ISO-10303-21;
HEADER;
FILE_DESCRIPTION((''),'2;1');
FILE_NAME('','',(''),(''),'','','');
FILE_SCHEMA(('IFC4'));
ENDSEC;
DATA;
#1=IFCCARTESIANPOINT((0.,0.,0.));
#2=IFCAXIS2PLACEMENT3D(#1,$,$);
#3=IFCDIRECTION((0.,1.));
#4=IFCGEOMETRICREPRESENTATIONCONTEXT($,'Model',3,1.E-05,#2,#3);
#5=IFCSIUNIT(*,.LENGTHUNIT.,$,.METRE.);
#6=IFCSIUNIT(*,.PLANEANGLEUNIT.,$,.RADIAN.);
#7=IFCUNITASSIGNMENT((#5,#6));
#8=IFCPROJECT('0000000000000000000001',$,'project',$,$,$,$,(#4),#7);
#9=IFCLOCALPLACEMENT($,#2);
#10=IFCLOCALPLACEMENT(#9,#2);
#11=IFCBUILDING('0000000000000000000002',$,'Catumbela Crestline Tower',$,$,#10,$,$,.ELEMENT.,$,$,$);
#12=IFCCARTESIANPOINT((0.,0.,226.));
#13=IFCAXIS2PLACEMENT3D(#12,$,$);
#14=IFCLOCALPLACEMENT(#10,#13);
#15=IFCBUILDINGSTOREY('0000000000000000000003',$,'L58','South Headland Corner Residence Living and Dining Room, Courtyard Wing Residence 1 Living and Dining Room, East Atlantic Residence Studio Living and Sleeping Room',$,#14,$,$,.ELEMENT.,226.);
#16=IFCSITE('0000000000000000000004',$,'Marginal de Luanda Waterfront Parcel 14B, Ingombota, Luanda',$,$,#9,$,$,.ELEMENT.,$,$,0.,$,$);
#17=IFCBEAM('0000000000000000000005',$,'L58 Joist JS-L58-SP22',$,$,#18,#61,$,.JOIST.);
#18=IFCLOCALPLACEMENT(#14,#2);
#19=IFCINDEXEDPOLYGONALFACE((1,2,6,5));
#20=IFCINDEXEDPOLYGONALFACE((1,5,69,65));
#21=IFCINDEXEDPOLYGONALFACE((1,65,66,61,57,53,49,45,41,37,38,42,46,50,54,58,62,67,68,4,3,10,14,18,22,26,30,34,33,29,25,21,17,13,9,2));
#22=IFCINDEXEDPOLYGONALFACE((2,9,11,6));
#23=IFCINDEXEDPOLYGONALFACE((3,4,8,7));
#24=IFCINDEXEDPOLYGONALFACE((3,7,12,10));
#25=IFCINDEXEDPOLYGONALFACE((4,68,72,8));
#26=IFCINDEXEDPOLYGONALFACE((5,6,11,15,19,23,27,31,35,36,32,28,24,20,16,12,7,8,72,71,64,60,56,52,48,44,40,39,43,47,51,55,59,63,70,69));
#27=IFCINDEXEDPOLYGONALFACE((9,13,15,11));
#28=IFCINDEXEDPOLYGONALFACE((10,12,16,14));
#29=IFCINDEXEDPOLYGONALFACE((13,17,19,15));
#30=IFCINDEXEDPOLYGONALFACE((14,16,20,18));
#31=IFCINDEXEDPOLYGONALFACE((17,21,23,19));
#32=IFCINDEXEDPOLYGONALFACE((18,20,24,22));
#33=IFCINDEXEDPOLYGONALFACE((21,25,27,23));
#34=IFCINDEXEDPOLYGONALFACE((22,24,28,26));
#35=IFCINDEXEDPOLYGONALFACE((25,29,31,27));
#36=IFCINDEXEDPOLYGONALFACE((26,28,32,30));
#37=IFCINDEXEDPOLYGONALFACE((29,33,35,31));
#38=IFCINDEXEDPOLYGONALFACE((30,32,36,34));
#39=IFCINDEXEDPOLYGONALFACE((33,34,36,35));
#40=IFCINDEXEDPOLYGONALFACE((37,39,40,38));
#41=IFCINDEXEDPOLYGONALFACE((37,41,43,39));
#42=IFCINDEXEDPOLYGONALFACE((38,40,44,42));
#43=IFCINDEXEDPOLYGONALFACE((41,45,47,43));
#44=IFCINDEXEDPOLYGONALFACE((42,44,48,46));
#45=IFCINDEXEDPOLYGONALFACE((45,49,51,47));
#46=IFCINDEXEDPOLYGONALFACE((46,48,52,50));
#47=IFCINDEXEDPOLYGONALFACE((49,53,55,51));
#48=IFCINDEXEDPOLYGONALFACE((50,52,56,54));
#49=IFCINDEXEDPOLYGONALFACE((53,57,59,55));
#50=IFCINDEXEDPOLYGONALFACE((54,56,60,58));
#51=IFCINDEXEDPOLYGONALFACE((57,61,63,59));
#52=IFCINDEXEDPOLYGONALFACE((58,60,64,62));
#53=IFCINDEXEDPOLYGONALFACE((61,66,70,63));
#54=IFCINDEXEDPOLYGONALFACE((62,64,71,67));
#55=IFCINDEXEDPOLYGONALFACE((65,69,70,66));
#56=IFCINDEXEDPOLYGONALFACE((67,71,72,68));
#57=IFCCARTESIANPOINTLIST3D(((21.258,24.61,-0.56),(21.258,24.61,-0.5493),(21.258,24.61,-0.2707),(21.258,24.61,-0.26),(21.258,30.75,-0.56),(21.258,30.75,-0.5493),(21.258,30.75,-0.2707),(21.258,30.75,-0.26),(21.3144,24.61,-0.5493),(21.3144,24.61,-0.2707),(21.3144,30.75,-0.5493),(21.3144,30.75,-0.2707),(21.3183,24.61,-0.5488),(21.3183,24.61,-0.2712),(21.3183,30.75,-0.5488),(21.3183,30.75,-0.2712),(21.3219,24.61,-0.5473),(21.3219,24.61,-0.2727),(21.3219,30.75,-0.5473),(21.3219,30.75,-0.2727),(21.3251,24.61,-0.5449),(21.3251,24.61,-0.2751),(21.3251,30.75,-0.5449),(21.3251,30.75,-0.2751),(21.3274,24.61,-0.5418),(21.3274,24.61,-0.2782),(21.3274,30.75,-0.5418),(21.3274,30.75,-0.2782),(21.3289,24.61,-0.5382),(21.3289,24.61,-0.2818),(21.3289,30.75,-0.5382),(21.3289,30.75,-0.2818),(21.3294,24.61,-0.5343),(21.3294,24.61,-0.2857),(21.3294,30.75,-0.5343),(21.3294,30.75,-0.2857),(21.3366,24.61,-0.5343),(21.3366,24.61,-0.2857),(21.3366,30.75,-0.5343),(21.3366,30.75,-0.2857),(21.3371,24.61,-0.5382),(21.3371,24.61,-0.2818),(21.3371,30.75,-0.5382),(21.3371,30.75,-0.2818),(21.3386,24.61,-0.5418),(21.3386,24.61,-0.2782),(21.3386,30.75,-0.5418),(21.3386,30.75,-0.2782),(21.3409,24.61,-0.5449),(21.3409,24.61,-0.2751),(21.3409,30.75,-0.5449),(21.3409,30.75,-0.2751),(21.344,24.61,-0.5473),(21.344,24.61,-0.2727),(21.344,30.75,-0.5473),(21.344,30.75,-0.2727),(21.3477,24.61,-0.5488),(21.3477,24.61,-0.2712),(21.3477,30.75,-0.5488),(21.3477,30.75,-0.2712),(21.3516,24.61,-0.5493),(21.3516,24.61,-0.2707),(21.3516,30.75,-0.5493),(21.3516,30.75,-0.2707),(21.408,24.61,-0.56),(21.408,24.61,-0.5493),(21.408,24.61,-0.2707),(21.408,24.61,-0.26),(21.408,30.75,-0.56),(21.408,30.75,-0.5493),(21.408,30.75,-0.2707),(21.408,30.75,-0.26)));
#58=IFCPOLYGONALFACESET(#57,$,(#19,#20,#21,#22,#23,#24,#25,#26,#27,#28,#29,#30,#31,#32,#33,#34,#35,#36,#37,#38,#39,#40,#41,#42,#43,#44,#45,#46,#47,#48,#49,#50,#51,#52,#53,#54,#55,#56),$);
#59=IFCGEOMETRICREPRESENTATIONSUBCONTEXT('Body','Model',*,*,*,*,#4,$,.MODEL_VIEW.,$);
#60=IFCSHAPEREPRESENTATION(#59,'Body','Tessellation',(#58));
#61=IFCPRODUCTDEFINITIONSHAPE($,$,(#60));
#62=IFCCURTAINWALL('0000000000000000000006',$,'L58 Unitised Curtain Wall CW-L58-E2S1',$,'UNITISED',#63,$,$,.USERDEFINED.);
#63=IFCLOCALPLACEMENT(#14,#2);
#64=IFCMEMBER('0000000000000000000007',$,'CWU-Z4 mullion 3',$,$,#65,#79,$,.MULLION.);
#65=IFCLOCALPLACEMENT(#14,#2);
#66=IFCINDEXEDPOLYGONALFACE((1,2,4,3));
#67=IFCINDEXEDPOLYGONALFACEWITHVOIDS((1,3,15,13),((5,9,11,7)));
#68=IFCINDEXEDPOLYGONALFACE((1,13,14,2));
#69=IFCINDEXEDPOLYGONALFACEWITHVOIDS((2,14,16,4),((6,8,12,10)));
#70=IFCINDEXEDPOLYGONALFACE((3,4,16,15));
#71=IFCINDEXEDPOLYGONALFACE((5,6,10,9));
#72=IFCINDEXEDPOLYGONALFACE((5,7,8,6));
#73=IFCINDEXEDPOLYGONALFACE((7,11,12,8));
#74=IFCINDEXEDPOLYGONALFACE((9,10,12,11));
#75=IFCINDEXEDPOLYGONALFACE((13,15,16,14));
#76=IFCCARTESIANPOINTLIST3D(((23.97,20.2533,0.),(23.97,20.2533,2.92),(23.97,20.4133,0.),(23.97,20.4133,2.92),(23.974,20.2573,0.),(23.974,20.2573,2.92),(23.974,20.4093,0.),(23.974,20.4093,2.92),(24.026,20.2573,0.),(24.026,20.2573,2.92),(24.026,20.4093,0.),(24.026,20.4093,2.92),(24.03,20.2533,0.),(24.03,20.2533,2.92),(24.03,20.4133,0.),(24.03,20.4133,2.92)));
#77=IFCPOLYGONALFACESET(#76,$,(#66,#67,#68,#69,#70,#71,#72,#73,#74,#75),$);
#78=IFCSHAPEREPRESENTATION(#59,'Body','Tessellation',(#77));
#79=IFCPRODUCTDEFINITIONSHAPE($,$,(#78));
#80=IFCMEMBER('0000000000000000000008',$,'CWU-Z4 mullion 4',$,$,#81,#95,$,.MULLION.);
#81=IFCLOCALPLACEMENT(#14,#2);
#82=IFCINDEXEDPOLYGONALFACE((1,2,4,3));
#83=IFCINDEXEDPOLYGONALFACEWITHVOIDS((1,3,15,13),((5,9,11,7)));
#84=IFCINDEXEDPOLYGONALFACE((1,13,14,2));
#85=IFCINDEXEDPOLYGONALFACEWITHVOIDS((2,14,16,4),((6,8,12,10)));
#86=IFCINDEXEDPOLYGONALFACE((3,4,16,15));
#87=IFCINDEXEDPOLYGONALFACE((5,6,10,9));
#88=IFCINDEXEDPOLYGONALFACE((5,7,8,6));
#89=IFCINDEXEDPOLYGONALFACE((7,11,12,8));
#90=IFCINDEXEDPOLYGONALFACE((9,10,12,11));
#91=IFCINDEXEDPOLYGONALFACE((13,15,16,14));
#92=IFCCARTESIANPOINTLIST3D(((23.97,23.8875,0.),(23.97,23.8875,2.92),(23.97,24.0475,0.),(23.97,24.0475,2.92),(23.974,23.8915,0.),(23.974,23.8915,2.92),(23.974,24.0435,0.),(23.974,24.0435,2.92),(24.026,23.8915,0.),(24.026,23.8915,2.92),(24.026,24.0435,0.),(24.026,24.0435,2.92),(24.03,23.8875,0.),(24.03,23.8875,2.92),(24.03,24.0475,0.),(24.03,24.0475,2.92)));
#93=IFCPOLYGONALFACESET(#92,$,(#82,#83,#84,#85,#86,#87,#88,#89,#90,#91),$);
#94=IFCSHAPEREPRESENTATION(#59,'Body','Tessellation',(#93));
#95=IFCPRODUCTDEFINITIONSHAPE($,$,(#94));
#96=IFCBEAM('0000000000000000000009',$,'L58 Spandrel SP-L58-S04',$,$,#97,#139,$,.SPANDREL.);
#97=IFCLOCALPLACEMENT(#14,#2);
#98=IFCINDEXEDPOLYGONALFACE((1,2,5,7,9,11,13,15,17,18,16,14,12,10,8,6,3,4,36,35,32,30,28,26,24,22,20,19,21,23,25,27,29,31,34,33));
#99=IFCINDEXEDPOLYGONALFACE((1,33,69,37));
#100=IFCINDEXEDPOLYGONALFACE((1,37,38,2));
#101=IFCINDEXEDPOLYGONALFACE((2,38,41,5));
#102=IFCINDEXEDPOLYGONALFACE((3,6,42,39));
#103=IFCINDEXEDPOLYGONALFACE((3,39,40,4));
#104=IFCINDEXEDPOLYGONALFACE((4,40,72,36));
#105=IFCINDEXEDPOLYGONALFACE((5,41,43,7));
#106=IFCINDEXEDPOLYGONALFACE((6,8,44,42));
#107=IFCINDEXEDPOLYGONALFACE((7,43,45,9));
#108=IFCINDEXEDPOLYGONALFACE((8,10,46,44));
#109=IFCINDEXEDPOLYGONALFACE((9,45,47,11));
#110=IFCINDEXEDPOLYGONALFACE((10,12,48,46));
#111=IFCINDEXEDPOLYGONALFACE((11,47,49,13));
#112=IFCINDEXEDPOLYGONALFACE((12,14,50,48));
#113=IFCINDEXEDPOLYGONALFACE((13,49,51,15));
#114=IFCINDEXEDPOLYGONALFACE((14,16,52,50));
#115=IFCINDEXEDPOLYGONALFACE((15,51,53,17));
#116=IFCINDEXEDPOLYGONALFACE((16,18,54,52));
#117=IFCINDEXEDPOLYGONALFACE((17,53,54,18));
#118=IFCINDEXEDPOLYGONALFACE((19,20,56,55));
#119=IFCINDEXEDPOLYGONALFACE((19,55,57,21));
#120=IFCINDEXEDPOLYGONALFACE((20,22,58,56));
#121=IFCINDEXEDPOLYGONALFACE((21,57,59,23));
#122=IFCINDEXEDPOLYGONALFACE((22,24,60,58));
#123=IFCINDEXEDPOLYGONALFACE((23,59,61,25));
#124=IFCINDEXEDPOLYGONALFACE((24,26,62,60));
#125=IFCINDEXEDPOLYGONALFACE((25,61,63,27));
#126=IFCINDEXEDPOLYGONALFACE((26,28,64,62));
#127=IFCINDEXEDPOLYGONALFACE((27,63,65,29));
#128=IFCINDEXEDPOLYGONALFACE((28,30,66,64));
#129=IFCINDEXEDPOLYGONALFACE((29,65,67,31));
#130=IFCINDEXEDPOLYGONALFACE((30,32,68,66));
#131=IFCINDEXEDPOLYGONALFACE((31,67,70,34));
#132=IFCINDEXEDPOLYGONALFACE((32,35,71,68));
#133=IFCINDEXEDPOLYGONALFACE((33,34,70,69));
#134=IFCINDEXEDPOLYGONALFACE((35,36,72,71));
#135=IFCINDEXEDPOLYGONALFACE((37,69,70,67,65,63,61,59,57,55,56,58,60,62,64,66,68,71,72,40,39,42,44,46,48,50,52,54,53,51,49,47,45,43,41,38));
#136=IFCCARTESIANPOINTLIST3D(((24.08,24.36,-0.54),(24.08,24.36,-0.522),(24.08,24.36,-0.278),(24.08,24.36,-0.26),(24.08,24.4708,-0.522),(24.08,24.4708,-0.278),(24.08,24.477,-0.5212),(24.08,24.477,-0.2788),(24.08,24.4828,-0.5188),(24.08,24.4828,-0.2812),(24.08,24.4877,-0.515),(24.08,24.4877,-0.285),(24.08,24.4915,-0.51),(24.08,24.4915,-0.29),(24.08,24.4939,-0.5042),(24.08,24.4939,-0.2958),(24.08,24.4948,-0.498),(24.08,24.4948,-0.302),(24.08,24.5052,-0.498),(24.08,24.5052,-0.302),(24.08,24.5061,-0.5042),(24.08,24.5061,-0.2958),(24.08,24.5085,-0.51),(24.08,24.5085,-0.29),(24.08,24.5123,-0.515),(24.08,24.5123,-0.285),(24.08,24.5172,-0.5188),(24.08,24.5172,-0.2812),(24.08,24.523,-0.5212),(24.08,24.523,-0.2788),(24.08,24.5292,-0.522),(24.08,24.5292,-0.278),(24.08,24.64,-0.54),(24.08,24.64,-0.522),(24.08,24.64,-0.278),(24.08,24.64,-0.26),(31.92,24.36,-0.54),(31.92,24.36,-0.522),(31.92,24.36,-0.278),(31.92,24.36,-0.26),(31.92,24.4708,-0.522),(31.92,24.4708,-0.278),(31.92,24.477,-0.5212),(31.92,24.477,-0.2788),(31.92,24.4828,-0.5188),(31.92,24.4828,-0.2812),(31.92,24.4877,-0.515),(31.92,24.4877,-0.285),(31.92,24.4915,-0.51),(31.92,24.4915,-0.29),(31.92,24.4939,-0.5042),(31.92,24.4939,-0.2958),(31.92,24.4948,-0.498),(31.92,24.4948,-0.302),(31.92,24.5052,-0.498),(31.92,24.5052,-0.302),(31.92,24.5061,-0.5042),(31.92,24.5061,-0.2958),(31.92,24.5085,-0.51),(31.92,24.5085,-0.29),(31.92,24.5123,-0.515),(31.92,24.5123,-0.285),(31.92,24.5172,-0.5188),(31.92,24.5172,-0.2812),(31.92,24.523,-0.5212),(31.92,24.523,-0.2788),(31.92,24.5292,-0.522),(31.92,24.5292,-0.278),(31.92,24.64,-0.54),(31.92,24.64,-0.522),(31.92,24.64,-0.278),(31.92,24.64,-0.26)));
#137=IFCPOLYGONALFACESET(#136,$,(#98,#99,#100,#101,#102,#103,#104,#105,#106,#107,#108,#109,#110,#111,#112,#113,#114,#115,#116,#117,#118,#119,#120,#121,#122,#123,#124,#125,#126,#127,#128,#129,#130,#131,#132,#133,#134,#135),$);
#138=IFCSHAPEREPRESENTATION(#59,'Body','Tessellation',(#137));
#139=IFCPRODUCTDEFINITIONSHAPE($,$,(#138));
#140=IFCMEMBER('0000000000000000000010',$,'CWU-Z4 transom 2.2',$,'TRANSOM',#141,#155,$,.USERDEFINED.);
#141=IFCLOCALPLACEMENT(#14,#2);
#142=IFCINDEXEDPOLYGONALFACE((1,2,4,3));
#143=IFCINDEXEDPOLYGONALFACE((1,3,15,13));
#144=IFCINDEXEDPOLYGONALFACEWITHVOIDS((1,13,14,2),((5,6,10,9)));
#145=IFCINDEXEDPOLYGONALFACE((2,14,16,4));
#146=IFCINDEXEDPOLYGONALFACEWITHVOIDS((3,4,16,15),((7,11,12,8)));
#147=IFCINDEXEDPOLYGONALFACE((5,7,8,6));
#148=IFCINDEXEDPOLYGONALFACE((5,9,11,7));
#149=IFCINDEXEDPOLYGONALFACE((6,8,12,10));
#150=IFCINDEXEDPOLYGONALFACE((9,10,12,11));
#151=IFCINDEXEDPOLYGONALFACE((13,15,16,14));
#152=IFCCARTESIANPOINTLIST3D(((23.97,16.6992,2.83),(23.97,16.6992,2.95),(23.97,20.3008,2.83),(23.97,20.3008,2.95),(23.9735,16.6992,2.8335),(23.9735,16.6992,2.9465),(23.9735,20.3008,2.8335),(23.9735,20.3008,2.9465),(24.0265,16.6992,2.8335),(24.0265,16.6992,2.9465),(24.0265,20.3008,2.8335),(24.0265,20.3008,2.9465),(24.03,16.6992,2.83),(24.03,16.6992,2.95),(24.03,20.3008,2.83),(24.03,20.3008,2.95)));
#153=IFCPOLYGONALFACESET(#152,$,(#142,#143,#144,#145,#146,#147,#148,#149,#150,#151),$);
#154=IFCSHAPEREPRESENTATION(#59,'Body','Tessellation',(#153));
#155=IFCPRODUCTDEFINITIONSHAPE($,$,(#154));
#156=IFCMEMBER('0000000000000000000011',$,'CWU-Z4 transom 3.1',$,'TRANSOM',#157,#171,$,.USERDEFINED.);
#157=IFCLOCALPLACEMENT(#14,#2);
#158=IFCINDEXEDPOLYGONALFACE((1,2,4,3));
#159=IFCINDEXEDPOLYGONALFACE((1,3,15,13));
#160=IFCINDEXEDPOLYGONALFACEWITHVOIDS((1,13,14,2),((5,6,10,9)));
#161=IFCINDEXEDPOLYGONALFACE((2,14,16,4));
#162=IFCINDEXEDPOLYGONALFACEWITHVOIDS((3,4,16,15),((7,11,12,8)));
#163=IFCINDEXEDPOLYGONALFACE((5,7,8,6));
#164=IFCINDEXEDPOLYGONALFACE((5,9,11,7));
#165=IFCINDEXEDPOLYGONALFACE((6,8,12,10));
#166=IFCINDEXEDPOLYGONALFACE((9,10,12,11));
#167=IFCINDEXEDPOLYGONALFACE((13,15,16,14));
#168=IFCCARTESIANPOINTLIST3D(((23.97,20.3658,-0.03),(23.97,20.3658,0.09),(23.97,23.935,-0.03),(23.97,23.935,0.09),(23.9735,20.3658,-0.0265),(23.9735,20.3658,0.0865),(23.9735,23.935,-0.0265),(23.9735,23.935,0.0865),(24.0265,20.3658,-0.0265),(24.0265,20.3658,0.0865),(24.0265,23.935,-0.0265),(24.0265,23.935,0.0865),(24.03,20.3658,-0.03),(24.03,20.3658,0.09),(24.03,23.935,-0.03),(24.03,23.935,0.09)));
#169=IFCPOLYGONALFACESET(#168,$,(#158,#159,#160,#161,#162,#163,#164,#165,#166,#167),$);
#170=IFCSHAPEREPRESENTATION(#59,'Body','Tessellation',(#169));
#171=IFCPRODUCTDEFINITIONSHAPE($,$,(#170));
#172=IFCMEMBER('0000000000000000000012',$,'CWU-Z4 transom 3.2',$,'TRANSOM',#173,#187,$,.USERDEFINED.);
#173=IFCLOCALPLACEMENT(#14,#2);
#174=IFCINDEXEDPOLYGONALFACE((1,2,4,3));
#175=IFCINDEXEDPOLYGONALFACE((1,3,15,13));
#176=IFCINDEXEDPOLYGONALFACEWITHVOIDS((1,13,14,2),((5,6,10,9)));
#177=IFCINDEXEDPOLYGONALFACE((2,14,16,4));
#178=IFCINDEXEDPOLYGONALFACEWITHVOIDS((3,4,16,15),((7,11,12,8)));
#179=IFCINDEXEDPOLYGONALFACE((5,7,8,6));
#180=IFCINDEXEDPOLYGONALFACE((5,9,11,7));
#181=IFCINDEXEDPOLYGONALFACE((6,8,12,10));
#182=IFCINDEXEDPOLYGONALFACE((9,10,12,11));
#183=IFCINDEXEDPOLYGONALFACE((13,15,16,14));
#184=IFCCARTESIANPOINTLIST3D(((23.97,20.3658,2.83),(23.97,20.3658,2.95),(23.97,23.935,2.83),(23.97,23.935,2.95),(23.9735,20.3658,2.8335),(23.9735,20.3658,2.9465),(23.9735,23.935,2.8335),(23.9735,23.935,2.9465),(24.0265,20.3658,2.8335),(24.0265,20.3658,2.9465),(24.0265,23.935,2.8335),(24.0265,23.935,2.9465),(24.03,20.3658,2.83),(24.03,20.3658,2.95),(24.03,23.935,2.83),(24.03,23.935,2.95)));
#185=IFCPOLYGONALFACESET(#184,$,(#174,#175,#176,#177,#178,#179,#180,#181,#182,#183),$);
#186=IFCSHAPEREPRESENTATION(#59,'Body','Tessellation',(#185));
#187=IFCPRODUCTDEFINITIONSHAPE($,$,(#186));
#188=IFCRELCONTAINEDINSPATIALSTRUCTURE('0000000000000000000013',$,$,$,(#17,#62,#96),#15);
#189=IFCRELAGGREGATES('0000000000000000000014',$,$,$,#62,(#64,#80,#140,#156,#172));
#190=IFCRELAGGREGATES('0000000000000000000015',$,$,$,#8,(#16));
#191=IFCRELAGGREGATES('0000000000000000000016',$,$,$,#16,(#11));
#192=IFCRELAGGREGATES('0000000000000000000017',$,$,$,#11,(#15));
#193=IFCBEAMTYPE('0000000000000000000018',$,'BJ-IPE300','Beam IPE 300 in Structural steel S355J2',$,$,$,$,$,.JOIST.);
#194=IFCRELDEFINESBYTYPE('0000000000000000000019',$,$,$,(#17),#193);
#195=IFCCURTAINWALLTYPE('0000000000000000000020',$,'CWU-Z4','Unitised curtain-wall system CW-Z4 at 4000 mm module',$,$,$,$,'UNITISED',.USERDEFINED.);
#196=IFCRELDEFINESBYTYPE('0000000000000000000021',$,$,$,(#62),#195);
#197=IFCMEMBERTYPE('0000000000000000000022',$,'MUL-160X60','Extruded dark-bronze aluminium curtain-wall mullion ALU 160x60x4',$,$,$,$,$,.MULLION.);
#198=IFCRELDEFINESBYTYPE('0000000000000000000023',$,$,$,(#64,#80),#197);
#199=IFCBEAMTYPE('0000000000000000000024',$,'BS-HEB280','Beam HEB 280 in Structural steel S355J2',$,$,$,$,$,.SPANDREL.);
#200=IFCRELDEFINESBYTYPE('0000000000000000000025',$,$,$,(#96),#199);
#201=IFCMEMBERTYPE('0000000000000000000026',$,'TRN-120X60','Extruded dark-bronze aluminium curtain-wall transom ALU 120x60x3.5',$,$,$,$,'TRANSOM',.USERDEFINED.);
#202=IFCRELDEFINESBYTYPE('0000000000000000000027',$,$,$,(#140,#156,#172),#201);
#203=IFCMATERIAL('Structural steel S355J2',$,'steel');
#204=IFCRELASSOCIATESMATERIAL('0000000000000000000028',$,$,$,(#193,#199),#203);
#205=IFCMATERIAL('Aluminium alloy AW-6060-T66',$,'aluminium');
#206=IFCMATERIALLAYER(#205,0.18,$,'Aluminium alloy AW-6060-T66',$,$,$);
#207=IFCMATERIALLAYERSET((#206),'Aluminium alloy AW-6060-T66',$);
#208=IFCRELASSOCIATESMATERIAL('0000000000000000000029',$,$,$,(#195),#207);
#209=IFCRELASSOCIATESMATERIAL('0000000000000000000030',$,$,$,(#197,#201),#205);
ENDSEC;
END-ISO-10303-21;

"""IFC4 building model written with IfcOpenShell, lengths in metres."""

from ifc_helpers import new_model, si_unit, direction, frame, origin, origin_2d, place, context, subcontext, project, spatial, hollow_rectangle, i_section, extrude, material, layer, layer_set, material_profile, profile_set, type_object, element, aggregate, save


model = new_model("IFC4")

# Units and contexts
model_context = context("Model", 3, precision=1e-05, world=origin(), true_north=direction((0.0, 1.0)))
body_context = subcontext(model_context, "Body", "Model", "MODEL_VIEW")
ifc_project = project(units=[si_unit("LENGTHUNIT", "METRE"), si_unit("PLANEANGLEUNIT", "RADIAN")], contexts=[model_context])

# Site, building, storey
site_placement = place(None, origin())
site = spatial("IfcSite", under=ifc_project, at=site_placement, Name="Marginal de Luanda Waterfront Parcel 14B, Ingombota, Luanda", CompositionType="ELEMENT", RefElevation=0.0)
building_placement = place(site_placement, origin())
building = spatial("IfcBuilding", under=site, at=building_placement, Name="Catumbela Crestline Tower", CompositionType="ELEMENT")
storey_placement = place(building_placement, frame((0.0, 0.0, 226.0)))
storey = spatial("IfcBuildingStorey", under=building, at=storey_placement, Name="L58", Description="South Headland Corner Residence Living and Dining Room, Courtyard Wing Residence 1 Living and Dining Room, East Atlantic Residence Studio Living and Sleeping Room", CompositionType="ELEMENT", Elevation=226.0)

# Shared definitions
ifc_material_1 = material(Name="Structural steel S355J2", Category="steel")

# Beam
ifc_material_profile_1 = material_profile(ifc_material_1, i_section(OverallWidth=0.15, OverallDepth=0.3, WebThickness=0.0071, FlangeThickness=0.0107, FilletRadius=0.015, at=origin_2d()), Name="IPE 300")
ifc_profile_set_1 = profile_set([ifc_material_profile_1], Name="Structural steel S355J2")
beam_type_1 = type_object("IfcBeamType", Name="BJ-IPE300", Description="Beam IPE 300 in Structural steel S355J2", PredefinedType="JOIST", material=ifc_profile_set_1)
for number, where, z_axis, x_axis, name in (
    (1, (21.333, 24.61, -0.41), (0.0, 1.0, 0.0), (-1.0, 0.0, 0.0), "L58 Joist JS-L58-SP22"),
):
    element("IfcBeam", number, at=place(storey_placement, frame(where, z_axis=z_axis, x_axis=x_axis)), inside=storey, type_object=beam_type_1, Name=name, PredefinedType="JOIST", context=body_context, shape_type="SweptSolid", body=[
        extrude(i_section(OverallWidth=0.15, OverallDepth=0.3, WebThickness=0.0071, FlangeThickness=0.0107, FilletRadius=0.015, at=origin_2d()), origin(), (0.0, 0.0, 1.0), 6.14),
    ])

# Curtain wall, members
ifc_material_2 = material(Name="Aluminium alloy AW-6060-T66", Category="aluminium")
ifc_layer_1 = layer(ifc_material_2, 0.18, Name="Aluminium alloy AW-6060-T66")
ifc_layer_set_1 = layer_set([ifc_layer_1], Name="Aluminium alloy AW-6060-T66")
curtain_wall_type = type_object("IfcCurtainWallType", Name="CWU-Z4", Description="Unitised curtain-wall system CW-Z4 at 4000 mm module", ElementType="UNITISED", PredefinedType="USERDEFINED", material=ifc_layer_set_1)
curtain_wall_placement = place(storey_placement, origin())
curtain_wall = element("IfcCurtainWall", 2, at=curtain_wall_placement, inside=storey, type_object=curtain_wall_type, Name="L58 Unitised Curtain Wall CW-L58-E2S1", ObjectType="UNITISED", PredefinedType="USERDEFINED")
ifc_material_profile_2 = material_profile(ifc_material_2, hollow_rectangle(XDim=0.06, YDim=0.16, WallThickness=0.004, at=origin_2d()), Name="ALU 160x60x4")
ifc_profile_set_2 = profile_set([ifc_material_profile_2], Name="Aluminium alloy AW-6060-T66")
member_type_1 = type_object("IfcMemberType", Name="MUL-160X60", Description="Extruded dark-bronze aluminium curtain-wall mullion ALU 160x60x4", PredefinedType="MULLION", material=ifc_profile_set_2)
member_1_placement = place(storey_placement, frame((24.0, 20.3333, 0.0), z_axis=(0.0, 0.0, 1.0), x_axis=(-1.0, 0.0, 0.0)))
member_1 = element("IfcMember", 3, at=member_1_placement, type_object=member_type_1, Name="CWU-Z4 mullion 3", PredefinedType="MULLION", context=body_context, shape_type="SweptSolid", body=[
    extrude(hollow_rectangle(XDim=0.06, YDim=0.16, WallThickness=0.004, at=origin_2d()), origin(), (0.0, 0.0, 1.0), 2.92),
])
member_2_placement = place(storey_placement, frame((24.0, 23.9675, 0.0), z_axis=(0.0, 0.0, 1.0), x_axis=(-1.0, 0.0, 0.0)))
member_2 = element("IfcMember", 4, at=member_2_placement, type_object=member_type_1, Name="CWU-Z4 mullion 4", PredefinedType="MULLION", context=body_context, shape_type="SweptSolid", body=[
    extrude(hollow_rectangle(XDim=0.06, YDim=0.16, WallThickness=0.004, at=origin_2d()), origin(), (0.0, 0.0, 1.0), 2.92),
])

# Beam
ifc_material_profile_3 = material_profile(ifc_material_1, i_section(OverallWidth=0.28, OverallDepth=0.28, WebThickness=0.0105, FlangeThickness=0.018, FilletRadius=0.024, at=origin_2d()), Name="HEB 280")
ifc_profile_set_3 = profile_set([ifc_material_profile_3], Name="Structural steel S355J2")
beam_type_2 = type_object("IfcBeamType", Name="BS-HEB280", Description="Beam HEB 280 in Structural steel S355J2", PredefinedType="SPANDREL", material=ifc_profile_set_3)
beam_1_placement = place(storey_placement, frame((24.08, 24.5, -0.4), z_axis=(1.0, 0.0, 0.0), x_axis=(0.0, 1.0, 0.0)))
element("IfcBeam", 5, at=beam_1_placement, inside=storey, type_object=beam_type_2, Name="L58 Spandrel SP-L58-S04", PredefinedType="SPANDREL", context=body_context, shape_type="SweptSolid", body=[
    extrude(i_section(OverallWidth=0.28, OverallDepth=0.28, WebThickness=0.0105, FlangeThickness=0.018, FilletRadius=0.024, at=origin_2d()), origin(), (0.0, 0.0, 1.0), 7.84),
])

# Members
ifc_material_profile_4 = material_profile(ifc_material_2, hollow_rectangle(XDim=0.06, YDim=0.12, WallThickness=0.0035, at=origin_2d()), Name="ALU 120x60x3.5")
ifc_profile_set_4 = profile_set([ifc_material_profile_4], Name="Aluminium alloy AW-6060-T66")
member_type_2 = type_object("IfcMemberType", Name="TRN-120X60", Description="Extruded dark-bronze aluminium curtain-wall transom ALU 120x60x3.5", ElementType="TRANSOM", PredefinedType="USERDEFINED", material=ifc_profile_set_4)
member_3_placement = place(storey_placement, frame((24.0, 16.6992, 2.89), z_axis=(0.0, 1.0, 0.0), x_axis=(-1.0, 0.0, 0.0)))
member_3 = element("IfcMember", 6, at=member_3_placement, type_object=member_type_2, Name="CWU-Z4 transom 2.2", ObjectType="TRANSOM", PredefinedType="USERDEFINED", context=body_context, shape_type="SweptSolid", body=[
    extrude(hollow_rectangle(XDim=0.06, YDim=0.12, WallThickness=0.0035, at=origin_2d()), origin(), (0.0, 0.0, 1.0), 3.6016),
])
member_4_placement = place(storey_placement, frame((24.0, 20.3658, 0.03), z_axis=(0.0, 1.0, 0.0), x_axis=(-1.0, 0.0, 0.0)))
member_4 = element("IfcMember", 7, at=member_4_placement, type_object=member_type_2, Name="CWU-Z4 transom 3.1", ObjectType="TRANSOM", PredefinedType="USERDEFINED", context=body_context, shape_type="SweptSolid", body=[
    extrude(hollow_rectangle(XDim=0.06, YDim=0.12, WallThickness=0.0035, at=origin_2d()), origin(), (0.0, 0.0, 1.0), 3.5692),
])
member_5_placement = place(storey_placement, frame((24.0, 20.3658, 2.89), z_axis=(0.0, 1.0, 0.0), x_axis=(-1.0, 0.0, 0.0)))
member_5 = element("IfcMember", 8, at=member_5_placement, type_object=member_type_2, Name="CWU-Z4 transom 3.2", ObjectType="TRANSOM", PredefinedType="USERDEFINED", context=body_context, shape_type="SweptSolid", body=[
    extrude(hollow_rectangle(XDim=0.06, YDim=0.12, WallThickness=0.0035, at=origin_2d()), origin(), (0.0, 0.0, 1.0), 3.5692),
])

aggregate(curtain_wall, [member_1, member_2, member_3, member_4, member_5])

save(model, "model.ifc")
